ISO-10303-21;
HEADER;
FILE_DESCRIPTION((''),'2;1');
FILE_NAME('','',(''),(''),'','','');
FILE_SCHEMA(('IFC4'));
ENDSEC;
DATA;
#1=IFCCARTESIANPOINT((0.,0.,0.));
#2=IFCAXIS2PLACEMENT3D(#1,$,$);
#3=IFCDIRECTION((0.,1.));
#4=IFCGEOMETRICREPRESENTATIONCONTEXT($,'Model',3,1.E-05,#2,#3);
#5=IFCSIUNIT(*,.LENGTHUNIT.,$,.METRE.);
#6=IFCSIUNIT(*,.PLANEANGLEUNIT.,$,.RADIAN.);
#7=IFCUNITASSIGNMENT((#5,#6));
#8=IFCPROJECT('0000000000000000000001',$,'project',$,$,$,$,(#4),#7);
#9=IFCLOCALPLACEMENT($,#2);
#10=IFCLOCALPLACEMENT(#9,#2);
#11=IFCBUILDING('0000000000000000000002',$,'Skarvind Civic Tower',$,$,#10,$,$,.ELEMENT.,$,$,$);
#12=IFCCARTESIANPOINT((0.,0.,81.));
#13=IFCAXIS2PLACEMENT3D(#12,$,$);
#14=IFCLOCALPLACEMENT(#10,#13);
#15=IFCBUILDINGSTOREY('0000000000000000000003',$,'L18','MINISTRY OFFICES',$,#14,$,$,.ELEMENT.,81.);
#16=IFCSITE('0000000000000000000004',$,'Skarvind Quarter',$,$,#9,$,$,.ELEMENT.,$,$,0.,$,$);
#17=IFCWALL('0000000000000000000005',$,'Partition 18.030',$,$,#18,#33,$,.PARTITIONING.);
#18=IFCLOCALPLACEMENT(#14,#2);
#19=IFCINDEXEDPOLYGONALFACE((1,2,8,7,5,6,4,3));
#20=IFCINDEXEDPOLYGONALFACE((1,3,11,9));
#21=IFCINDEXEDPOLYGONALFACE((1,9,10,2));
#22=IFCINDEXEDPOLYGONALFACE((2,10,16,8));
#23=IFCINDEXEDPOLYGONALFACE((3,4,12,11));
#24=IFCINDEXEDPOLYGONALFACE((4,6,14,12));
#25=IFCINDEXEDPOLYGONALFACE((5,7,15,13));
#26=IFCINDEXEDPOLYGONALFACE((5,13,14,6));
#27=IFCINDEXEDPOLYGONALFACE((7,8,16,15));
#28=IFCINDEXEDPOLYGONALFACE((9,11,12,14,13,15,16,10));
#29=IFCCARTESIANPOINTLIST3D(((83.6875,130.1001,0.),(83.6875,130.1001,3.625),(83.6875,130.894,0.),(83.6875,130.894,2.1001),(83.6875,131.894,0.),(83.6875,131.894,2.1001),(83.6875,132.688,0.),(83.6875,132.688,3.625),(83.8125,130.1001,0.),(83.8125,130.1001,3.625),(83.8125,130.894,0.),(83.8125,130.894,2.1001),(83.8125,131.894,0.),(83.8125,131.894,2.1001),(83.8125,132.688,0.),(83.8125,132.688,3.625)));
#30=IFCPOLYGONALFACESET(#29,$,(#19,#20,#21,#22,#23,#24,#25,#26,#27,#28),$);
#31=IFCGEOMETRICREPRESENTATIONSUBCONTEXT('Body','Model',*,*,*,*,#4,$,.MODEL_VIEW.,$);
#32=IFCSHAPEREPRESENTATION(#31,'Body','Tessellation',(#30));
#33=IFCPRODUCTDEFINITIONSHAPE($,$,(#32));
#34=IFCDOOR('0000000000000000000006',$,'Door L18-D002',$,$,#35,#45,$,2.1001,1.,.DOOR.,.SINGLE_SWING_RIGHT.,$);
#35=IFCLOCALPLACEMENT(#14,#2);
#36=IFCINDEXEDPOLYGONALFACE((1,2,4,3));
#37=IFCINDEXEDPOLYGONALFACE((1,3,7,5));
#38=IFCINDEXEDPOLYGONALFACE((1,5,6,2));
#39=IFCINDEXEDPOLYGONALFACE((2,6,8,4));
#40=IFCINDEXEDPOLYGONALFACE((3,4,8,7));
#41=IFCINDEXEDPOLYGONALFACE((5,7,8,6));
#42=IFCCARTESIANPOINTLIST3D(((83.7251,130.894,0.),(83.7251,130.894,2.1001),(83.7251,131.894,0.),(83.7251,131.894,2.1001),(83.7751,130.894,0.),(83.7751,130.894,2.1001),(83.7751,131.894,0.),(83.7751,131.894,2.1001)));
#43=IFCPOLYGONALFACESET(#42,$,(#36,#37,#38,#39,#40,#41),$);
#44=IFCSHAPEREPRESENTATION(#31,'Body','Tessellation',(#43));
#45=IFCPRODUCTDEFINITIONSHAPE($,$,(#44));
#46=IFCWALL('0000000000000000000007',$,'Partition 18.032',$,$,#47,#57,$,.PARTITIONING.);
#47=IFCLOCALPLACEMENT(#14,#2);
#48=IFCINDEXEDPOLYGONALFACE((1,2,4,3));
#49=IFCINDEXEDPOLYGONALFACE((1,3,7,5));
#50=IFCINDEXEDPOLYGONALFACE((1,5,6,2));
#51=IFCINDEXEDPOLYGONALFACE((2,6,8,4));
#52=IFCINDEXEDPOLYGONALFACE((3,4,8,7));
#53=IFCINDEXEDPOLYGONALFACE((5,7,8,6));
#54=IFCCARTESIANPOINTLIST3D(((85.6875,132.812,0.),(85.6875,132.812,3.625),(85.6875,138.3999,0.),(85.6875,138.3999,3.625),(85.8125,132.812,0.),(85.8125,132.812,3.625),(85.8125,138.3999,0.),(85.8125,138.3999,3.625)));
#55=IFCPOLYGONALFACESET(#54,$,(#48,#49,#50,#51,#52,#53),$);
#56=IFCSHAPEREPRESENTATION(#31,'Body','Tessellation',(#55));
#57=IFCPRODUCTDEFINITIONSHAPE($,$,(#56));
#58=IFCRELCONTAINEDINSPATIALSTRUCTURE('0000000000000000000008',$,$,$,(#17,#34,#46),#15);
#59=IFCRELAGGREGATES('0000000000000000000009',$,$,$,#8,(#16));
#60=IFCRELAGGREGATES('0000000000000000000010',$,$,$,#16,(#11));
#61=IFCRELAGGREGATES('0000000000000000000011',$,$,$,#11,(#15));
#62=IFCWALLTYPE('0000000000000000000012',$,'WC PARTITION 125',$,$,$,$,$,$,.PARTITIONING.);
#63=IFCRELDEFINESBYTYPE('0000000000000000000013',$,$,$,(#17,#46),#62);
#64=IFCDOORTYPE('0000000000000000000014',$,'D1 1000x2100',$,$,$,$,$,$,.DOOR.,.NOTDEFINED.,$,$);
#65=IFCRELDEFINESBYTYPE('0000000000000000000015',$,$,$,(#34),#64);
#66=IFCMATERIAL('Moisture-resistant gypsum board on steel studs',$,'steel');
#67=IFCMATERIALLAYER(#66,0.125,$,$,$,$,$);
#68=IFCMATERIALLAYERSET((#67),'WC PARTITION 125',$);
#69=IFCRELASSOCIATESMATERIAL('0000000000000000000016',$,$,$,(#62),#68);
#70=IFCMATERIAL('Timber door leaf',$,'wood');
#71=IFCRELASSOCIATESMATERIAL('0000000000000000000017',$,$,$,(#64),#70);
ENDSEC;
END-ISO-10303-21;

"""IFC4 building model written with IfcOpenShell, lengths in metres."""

from ifc_helpers import new_model, si_unit, direction, frame, frame_2d, origin, place, context, subcontext, project, spatial, rectangle, extrude, material, layer, layer_set, type_object, element, fill, save


model = new_model("IFC4")

# Units and contexts
model_context = context("Model", 3, precision=1e-05, world=origin(), true_north=direction((0.0, 1.0)))
body_context = subcontext(model_context, "Body", "Model", "MODEL_VIEW")
ifc_project = project(units=[si_unit("LENGTHUNIT", "METRE"), si_unit("PLANEANGLEUNIT", "RADIAN")], contexts=[model_context])

# Site, building, storey
site_placement = place(None, origin())
site = spatial("IfcSite", under=ifc_project, at=site_placement, Name="Skarvind Quarter", CompositionType="ELEMENT", RefElevation=0.0)
building_placement = place(site_placement, origin())
building = spatial("IfcBuilding", under=site, at=building_placement, Name="Skarvind Civic Tower", CompositionType="ELEMENT")
storey_placement = place(building_placement, frame((0.0, 0.0, 81.0)))
storey = spatial("IfcBuildingStorey", under=building, at=storey_placement, Name="L18", Description="MINISTRY OFFICES", CompositionType="ELEMENT", Elevation=81.0)

# Shared definitions
ifc_material_1 = material(Name="Moisture-resistant gypsum board on steel studs", Category="steel")
ifc_layer_1 = layer(ifc_material_1, 0.125)
ifc_layer_set_1 = layer_set([ifc_layer_1], Name="WC PARTITION 125")
wall_type_1 = type_object("IfcWallType", Name="WC PARTITION 125", PredefinedType="PARTITIONING", material=ifc_layer_set_1)

# Shared definitions
ifc_material_2 = material(Name="Timber door leaf", Category="wood")

# Wall, opening, door
wall_1_placement = place(storey_placement, frame((83.75, 130.1001, 0.0), z_axis=(0.0, 0.0, 1.0), x_axis=(0.0, 1.0, 0.0)))
wall_1 = element("IfcWall", 1, at=wall_1_placement, inside=storey, type_object=wall_type_1, Name="Partition 18.030", PredefinedType="PARTITIONING", context=body_context, shape_type="SweptSolid", body=[
    extrude(rectangle(XDim=2.5879, YDim=0.125, at=frame_2d((1.2939, 0.0))), origin(), (0.0, 0.0, 1.0), 3.625),
])
opening_1_placement = place(wall_1_placement, frame((0.7939, 0.0, 0.0)))
opening_1 = element("IfcOpeningElement", 2, at=opening_1_placement, cuts=wall_1, PredefinedType="OPENING", context=body_context, shape_type="SweptSolid", body=[
    extrude(rectangle(XDim=1.0, YDim=2.1001, at=frame_2d((0.5, 1.05))), frame((0.0, 0.0725, 0.0), z_axis=(0.0, -1.0, 0.0), x_axis=(1.0, 0.0, 0.0)), (0.0, 0.0, 1.0), 0.145),
])
door_type_1 = type_object("IfcDoorType", Name="D1 1000x2100", OperationType="NOTDEFINED", PredefinedType="DOOR", material=ifc_material_2)
door_1_placement = place(opening_1_placement, origin())
door_1 = element("IfcDoor", 3, at=door_1_placement, inside=storey, type_object=door_type_1, Name="Door L18-D002", OperationType="SINGLE_SWING_RIGHT", OverallHeight=2.1001, OverallWidth=1.0, PredefinedType="DOOR", context=body_context, shape_type="SweptSolid", body=[
    extrude(rectangle(XDim=1.0, YDim=2.1001, at=frame_2d((0.5, 1.05))), frame((0.0, 0.0249, 0.0), z_axis=(0.0, -1.0, 0.0), x_axis=(1.0, 0.0, 0.0)), (0.0, 0.0, 1.0), 0.05),
])
fill(opening_1, door_1)

# Wall
wall_2_placement = place(storey_placement, frame((85.75, 138.3999, 0.0), z_axis=(0.0, 0.0, 1.0), x_axis=(0.0, -1.0, 0.0)))
element("IfcWall", 4, at=wall_2_placement, inside=storey, type_object=wall_type_1, Name="Partition 18.032", PredefinedType="PARTITIONING", context=body_context, shape_type="SweptSolid", body=[
    extrude(rectangle(XDim=5.5879, YDim=0.125, at=frame_2d((2.7939, 0.0))), origin(), (0.0, 0.0, 1.0), 3.625),
])

save(model, "model.ifc")
